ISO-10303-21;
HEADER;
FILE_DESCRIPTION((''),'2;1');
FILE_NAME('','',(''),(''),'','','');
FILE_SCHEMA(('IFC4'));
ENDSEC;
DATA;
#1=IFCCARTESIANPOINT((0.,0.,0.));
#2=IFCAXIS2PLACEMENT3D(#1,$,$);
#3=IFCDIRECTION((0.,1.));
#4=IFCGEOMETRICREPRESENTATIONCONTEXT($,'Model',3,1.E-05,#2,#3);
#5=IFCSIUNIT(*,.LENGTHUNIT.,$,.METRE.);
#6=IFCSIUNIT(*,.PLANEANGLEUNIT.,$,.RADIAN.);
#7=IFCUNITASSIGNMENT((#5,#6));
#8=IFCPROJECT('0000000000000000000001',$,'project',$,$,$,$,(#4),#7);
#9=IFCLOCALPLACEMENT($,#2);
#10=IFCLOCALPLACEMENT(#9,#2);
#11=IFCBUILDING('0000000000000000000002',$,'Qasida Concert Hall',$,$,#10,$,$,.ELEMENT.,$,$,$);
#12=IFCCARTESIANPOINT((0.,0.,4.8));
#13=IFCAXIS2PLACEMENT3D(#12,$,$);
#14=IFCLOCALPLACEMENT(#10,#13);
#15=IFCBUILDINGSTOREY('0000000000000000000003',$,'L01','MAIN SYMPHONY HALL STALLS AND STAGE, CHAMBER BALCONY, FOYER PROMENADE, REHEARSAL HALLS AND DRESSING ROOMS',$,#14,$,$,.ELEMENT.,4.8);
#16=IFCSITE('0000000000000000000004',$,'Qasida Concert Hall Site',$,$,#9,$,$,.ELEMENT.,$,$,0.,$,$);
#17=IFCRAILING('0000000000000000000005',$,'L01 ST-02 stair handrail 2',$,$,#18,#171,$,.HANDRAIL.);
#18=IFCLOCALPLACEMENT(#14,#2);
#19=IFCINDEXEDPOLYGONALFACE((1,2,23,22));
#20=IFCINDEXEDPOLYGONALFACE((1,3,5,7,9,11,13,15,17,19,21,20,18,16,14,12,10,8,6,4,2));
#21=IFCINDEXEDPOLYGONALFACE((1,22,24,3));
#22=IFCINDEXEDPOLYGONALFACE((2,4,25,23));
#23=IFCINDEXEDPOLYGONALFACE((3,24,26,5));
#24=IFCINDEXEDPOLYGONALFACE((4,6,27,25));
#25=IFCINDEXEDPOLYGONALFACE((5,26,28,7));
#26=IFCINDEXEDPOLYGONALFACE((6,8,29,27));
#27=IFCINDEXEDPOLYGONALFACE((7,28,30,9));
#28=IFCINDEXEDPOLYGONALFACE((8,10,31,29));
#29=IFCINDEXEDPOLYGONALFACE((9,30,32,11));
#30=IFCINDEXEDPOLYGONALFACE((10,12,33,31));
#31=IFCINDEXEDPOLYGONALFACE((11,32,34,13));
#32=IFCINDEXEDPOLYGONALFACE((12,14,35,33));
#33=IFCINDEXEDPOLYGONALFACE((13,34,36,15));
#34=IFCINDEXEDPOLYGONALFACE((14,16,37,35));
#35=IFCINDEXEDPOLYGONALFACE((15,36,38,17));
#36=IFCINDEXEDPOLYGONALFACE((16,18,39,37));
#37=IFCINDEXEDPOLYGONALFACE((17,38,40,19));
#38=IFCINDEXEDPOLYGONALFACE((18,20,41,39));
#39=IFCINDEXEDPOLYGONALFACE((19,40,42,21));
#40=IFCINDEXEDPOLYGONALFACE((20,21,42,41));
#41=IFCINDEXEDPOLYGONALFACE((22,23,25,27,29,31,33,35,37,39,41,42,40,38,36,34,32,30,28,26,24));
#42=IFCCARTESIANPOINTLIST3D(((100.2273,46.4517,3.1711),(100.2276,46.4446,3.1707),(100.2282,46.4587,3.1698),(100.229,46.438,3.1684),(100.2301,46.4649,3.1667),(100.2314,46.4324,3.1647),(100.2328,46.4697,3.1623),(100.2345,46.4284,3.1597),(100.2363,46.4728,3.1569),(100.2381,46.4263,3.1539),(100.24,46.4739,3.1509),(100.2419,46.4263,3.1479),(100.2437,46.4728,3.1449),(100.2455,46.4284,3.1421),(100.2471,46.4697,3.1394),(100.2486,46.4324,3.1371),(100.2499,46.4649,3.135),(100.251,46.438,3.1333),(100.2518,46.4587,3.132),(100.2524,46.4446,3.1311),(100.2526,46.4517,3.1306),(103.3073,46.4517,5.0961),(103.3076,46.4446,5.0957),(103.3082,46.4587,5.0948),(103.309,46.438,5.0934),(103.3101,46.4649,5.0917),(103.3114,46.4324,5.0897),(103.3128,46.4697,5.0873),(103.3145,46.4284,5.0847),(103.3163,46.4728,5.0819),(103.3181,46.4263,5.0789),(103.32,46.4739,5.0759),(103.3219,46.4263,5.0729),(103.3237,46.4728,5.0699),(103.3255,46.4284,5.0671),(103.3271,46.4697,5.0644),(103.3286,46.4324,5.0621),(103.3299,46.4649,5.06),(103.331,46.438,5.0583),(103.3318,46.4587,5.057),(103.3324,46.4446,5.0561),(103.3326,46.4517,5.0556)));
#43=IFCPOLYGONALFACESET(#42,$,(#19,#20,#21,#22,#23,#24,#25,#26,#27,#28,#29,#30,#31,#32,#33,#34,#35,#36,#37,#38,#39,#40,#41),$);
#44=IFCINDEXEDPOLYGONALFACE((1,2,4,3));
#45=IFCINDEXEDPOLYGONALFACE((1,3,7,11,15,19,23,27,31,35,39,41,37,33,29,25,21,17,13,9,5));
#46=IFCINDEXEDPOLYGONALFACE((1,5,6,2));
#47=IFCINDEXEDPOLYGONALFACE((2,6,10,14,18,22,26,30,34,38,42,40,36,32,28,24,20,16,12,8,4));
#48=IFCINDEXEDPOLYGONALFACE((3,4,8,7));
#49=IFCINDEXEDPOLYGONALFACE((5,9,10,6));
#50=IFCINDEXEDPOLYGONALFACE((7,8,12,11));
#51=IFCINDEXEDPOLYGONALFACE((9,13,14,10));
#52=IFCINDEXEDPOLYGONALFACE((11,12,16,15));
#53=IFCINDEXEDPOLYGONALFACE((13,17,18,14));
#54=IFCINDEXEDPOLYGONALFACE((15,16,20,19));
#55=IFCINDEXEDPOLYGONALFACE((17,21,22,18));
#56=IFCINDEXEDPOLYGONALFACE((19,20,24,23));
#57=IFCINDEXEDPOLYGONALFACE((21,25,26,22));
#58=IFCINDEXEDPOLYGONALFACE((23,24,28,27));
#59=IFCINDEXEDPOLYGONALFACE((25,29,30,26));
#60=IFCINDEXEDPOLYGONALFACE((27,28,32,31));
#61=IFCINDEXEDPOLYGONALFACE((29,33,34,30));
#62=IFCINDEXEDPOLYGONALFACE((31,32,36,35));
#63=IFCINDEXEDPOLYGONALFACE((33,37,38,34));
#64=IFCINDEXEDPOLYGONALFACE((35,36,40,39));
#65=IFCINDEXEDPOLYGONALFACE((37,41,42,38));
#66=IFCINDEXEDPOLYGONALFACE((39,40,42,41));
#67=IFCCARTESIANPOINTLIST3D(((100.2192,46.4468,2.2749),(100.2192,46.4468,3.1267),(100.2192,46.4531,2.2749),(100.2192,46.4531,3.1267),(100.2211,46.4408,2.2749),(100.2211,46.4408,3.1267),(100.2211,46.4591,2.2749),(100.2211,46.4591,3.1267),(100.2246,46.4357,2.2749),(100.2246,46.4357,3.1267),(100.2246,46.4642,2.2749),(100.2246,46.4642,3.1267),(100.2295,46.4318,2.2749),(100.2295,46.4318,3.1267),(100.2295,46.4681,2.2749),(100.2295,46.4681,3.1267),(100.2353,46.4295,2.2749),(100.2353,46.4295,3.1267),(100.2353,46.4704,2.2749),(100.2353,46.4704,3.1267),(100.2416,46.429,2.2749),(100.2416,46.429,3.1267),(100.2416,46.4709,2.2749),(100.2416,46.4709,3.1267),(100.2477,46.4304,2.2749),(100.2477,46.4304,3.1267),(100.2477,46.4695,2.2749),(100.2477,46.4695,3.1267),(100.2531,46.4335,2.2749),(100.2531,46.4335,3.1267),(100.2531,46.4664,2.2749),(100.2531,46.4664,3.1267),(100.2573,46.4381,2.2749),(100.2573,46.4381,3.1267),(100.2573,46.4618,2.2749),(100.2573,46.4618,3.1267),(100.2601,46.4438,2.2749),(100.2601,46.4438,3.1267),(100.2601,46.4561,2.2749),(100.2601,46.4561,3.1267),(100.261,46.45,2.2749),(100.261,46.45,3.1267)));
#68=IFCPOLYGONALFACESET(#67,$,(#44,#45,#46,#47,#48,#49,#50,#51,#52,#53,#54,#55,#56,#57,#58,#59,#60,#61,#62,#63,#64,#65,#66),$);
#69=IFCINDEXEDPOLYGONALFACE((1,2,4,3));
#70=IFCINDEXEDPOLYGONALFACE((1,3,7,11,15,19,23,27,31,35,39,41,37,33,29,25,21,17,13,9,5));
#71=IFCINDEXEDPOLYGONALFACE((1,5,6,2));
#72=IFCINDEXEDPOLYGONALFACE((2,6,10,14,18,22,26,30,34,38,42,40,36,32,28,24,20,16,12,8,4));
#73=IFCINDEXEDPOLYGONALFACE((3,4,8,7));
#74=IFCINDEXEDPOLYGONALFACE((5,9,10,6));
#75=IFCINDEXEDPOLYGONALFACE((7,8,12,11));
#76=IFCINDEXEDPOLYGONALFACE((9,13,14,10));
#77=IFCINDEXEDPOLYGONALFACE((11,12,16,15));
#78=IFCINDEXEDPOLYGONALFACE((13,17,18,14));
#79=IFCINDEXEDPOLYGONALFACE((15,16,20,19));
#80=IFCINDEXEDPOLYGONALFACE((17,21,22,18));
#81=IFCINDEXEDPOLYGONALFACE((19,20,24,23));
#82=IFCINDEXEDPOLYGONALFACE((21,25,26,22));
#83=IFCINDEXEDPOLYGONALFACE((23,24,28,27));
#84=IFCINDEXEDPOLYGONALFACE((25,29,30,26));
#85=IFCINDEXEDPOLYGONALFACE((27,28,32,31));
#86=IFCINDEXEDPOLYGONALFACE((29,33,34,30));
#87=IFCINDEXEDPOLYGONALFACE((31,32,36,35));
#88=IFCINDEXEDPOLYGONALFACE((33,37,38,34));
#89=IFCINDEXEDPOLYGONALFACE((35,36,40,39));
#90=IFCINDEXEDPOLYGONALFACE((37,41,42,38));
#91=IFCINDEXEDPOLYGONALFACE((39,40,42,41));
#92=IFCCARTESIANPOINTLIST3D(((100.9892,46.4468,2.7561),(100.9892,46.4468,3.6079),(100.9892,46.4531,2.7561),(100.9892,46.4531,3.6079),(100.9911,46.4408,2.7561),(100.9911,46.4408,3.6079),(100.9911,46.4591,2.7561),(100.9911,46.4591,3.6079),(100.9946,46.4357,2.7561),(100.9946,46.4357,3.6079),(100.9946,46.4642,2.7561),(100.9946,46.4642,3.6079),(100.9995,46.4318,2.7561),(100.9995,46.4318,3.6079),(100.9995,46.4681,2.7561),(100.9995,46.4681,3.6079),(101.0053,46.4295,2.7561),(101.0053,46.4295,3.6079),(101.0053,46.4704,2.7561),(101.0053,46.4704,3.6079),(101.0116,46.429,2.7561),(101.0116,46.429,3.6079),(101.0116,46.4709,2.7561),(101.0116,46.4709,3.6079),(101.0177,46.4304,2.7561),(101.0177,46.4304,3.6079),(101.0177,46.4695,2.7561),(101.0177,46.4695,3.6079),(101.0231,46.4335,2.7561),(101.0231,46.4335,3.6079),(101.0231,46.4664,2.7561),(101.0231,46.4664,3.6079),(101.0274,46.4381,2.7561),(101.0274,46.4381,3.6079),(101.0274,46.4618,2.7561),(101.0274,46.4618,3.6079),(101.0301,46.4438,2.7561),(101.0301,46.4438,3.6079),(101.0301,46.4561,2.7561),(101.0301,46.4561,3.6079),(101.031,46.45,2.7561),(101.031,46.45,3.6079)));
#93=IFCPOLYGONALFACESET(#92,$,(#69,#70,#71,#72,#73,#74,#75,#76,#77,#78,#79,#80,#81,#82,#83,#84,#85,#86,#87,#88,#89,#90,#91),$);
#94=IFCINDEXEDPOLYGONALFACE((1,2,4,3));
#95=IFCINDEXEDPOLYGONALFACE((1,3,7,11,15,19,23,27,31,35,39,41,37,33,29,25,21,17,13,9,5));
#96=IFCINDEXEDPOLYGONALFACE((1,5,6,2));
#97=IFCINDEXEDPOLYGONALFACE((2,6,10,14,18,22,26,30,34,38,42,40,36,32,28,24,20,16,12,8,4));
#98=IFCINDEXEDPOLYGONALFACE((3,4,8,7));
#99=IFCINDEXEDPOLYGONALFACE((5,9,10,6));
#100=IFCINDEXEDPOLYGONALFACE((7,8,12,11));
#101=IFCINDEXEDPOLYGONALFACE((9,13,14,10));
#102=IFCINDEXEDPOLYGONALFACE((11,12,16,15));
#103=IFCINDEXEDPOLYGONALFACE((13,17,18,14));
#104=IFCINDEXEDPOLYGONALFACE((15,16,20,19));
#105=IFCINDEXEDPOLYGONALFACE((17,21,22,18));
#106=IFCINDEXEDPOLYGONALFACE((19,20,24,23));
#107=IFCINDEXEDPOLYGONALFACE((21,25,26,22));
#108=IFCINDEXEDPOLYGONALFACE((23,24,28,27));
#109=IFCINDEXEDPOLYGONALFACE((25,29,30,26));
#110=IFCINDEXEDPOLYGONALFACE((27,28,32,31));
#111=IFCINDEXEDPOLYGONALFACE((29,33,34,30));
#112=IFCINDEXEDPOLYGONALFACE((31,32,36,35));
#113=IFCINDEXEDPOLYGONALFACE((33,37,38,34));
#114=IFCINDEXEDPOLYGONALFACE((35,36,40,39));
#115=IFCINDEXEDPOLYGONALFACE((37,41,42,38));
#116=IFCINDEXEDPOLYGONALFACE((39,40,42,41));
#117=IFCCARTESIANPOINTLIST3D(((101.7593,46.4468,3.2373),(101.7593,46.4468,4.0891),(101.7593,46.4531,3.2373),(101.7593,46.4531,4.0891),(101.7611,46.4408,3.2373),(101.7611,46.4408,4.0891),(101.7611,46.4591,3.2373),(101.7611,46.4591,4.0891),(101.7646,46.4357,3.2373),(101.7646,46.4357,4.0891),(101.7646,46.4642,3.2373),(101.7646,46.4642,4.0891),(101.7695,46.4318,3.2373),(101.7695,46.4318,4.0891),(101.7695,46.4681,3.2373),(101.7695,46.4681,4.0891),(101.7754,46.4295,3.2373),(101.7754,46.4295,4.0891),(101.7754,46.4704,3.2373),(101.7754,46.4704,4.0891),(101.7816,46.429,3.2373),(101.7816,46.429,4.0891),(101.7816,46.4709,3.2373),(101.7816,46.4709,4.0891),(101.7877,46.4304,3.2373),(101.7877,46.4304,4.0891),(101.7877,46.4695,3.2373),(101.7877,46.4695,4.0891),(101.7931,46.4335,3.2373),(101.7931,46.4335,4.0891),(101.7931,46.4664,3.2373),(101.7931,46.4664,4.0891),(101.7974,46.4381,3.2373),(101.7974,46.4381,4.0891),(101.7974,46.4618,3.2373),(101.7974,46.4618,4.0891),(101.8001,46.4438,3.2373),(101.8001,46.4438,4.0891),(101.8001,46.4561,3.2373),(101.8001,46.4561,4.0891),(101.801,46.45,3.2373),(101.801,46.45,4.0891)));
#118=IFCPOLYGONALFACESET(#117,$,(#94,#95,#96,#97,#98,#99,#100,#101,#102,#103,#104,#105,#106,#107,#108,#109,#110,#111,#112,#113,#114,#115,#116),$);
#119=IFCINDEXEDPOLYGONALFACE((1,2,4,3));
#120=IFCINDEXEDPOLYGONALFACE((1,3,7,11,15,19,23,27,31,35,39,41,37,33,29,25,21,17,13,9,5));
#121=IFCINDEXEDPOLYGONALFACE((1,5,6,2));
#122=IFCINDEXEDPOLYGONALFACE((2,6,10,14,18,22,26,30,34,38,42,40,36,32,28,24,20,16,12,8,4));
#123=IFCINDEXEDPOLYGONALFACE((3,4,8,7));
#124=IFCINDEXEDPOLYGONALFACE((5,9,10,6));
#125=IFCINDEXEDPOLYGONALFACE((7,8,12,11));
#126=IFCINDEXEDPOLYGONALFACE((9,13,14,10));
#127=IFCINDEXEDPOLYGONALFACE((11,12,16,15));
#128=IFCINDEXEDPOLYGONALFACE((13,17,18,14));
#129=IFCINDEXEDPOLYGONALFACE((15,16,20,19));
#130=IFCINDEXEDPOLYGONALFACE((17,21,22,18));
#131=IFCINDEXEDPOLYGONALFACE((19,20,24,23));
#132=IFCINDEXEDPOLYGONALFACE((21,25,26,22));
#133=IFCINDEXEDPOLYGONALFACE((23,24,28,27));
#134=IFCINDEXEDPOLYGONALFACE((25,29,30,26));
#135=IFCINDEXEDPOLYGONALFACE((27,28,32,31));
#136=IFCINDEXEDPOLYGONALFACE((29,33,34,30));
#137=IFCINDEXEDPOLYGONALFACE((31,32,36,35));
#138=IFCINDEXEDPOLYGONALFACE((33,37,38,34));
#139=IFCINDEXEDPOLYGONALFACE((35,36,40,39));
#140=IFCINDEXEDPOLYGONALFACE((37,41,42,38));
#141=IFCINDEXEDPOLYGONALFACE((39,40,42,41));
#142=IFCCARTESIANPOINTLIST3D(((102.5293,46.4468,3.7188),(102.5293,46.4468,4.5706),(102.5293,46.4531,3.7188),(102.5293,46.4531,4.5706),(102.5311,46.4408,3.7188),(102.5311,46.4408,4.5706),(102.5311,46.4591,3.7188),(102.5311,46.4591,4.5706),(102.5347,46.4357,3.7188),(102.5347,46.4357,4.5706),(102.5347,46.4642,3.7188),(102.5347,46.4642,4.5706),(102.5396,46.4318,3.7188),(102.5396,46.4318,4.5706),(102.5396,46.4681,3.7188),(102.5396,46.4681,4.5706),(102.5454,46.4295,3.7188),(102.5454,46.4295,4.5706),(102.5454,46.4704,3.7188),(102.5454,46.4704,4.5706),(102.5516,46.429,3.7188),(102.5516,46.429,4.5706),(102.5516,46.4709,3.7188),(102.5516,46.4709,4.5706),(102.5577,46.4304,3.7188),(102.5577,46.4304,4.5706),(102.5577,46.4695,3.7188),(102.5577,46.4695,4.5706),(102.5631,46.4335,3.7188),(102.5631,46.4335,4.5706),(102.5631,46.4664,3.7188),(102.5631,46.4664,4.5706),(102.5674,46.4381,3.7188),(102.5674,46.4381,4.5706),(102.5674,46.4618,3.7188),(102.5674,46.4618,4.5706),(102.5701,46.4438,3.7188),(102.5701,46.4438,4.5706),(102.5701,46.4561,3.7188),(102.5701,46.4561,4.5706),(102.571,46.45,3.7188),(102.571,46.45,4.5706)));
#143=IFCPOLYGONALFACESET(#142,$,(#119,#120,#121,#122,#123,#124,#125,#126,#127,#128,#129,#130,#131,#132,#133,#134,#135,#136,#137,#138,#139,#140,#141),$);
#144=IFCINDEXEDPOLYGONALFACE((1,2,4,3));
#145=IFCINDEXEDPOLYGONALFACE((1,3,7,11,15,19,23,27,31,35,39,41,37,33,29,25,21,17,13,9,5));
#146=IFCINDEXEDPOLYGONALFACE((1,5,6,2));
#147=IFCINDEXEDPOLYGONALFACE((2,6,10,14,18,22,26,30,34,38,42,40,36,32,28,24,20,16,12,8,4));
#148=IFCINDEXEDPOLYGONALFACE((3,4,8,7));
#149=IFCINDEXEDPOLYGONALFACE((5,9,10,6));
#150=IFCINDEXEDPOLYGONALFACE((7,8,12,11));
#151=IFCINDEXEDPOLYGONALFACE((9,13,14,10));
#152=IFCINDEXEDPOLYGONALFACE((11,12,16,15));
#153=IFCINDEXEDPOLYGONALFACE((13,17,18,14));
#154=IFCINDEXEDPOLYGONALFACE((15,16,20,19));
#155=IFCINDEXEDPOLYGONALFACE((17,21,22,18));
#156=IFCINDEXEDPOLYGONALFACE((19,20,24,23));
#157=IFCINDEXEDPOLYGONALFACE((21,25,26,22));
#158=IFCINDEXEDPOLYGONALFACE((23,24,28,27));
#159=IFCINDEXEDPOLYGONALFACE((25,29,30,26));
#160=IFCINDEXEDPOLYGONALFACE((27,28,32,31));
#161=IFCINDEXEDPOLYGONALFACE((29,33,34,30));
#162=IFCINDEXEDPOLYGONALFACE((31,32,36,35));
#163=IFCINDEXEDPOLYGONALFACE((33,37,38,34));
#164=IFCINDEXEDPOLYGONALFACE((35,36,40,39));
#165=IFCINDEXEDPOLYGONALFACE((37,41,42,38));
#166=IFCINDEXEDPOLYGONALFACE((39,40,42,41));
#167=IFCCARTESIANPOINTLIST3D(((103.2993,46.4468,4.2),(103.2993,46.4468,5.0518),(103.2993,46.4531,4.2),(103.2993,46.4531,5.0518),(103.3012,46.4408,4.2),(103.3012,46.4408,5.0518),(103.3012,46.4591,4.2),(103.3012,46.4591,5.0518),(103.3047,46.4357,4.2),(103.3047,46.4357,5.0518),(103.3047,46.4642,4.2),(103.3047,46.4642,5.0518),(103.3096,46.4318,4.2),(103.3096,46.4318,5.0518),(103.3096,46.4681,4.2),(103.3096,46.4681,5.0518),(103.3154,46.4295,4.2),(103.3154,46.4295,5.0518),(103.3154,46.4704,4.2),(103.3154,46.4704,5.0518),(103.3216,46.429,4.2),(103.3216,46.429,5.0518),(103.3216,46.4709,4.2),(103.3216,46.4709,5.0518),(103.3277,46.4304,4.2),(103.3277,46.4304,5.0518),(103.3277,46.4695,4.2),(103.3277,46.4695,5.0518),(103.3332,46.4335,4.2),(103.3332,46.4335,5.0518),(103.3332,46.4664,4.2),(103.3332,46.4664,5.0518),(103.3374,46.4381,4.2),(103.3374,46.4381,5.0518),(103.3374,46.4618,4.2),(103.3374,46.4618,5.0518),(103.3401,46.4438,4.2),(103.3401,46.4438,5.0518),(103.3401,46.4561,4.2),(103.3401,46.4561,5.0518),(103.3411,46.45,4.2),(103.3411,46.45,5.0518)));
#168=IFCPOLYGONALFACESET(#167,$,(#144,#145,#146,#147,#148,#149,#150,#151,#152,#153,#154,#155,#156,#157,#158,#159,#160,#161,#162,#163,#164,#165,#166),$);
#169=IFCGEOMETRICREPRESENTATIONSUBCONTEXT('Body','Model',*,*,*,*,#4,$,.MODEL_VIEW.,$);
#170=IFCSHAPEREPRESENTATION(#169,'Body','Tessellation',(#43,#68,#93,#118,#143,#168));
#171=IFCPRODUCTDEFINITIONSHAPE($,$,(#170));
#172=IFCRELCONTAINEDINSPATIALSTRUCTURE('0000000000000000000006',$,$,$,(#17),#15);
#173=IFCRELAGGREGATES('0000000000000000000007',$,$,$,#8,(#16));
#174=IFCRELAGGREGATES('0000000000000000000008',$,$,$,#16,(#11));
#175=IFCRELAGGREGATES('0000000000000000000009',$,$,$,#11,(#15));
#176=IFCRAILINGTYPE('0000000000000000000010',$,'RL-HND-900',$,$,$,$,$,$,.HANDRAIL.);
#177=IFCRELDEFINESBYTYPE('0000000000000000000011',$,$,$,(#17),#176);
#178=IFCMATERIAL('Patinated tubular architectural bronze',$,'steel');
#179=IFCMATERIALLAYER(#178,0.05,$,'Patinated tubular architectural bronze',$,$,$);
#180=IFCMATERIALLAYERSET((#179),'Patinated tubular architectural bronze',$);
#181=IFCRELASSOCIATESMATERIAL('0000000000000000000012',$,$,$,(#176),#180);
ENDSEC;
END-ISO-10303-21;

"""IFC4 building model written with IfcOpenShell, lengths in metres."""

from ifc_helpers import new_model, si_unit, direction, frame, origin, origin_2d, place, context, subcontext, project, spatial, circle, extrude, material, layer, layer_set, type_object, element, save


model = new_model("IFC4")

# Units and contexts
model_context = context("Model", 3, precision=1e-05, world=origin(), true_north=direction((0.0, 1.0)))
body_context = subcontext(model_context, "Body", "Model", "MODEL_VIEW")
ifc_project = project(units=[si_unit("LENGTHUNIT", "METRE"), si_unit("PLANEANGLEUNIT", "RADIAN")], contexts=[model_context])

# Site, building, storey
site_placement = place(None, origin())
site = spatial("IfcSite", under=ifc_project, at=site_placement, Name="Qasida Concert Hall Site", CompositionType="ELEMENT", RefElevation=0.0)
building_placement = place(site_placement, origin())
building = spatial("IfcBuilding", under=site, at=building_placement, Name="Qasida Concert Hall", CompositionType="ELEMENT")
storey_placement = place(building_placement, frame((0.0, 0.0, 4.8)))
storey = spatial("IfcBuildingStorey", under=building, at=storey_placement, Name="L01", Description="MAIN SYMPHONY HALL STALLS AND STAGE, CHAMBER BALCONY, FOYER PROMENADE, REHEARSAL HALLS AND DRESSING ROOMS", CompositionType="ELEMENT", Elevation=4.8)

# Railing
ifc_material_1 = material(Name="Patinated tubular architectural bronze", Category="steel")
ifc_layer_1 = layer(ifc_material_1, 0.05, Name="Patinated tubular architectural bronze")
ifc_layer_set_1 = layer_set([ifc_layer_1], Name="Patinated tubular architectural bronze")
railing_type_1 = type_object("IfcRailingType", Name="RL-HND-900", PredefinedType="HANDRAIL", material=ifc_layer_set_1)
railing_1_placement = place(storey_placement, frame((100.24, 46.45, 2.2749)))
element("IfcRailing", 1, at=railing_1_placement, inside=storey, type_object=railing_type_1, Name="L01 ST-02 stair handrail 2", PredefinedType="HANDRAIL", context=body_context, shape_type="SweptSolid", body=[
    extrude(circle(Radius=0.0239, at=origin_2d()), frame((0.0, 0.0, 0.876), z_axis=(0.847998, 0.0, 0.529999), x_axis=(0.0, 1.0, 0.0)), (0.0, 0.0, 1.0), 3.6321),
    extrude(circle(Radius=0.021, at=origin_2d()), origin(), (0.0, 0.0, 1.0), 0.8518),
    extrude(circle(Radius=0.021, at=origin_2d()), frame((0.77, 0.0, 0.4812)), (0.0, 0.0, 1.0), 0.8518),
    extrude(circle(Radius=0.021, at=origin_2d()), frame((1.54, 0.0, 0.9624)), (0.0, 0.0, 1.0), 0.8518),
    extrude(circle(Radius=0.021, at=origin_2d()), frame((2.3101, 0.0, 1.4438)), (0.0, 0.0, 1.0), 0.8518),
    extrude(circle(Radius=0.021, at=origin_2d()), frame((3.0801, 0.0, 1.925)), (0.0, 0.0, 1.0), 0.8518),
])

save(model, "model.ifc")
